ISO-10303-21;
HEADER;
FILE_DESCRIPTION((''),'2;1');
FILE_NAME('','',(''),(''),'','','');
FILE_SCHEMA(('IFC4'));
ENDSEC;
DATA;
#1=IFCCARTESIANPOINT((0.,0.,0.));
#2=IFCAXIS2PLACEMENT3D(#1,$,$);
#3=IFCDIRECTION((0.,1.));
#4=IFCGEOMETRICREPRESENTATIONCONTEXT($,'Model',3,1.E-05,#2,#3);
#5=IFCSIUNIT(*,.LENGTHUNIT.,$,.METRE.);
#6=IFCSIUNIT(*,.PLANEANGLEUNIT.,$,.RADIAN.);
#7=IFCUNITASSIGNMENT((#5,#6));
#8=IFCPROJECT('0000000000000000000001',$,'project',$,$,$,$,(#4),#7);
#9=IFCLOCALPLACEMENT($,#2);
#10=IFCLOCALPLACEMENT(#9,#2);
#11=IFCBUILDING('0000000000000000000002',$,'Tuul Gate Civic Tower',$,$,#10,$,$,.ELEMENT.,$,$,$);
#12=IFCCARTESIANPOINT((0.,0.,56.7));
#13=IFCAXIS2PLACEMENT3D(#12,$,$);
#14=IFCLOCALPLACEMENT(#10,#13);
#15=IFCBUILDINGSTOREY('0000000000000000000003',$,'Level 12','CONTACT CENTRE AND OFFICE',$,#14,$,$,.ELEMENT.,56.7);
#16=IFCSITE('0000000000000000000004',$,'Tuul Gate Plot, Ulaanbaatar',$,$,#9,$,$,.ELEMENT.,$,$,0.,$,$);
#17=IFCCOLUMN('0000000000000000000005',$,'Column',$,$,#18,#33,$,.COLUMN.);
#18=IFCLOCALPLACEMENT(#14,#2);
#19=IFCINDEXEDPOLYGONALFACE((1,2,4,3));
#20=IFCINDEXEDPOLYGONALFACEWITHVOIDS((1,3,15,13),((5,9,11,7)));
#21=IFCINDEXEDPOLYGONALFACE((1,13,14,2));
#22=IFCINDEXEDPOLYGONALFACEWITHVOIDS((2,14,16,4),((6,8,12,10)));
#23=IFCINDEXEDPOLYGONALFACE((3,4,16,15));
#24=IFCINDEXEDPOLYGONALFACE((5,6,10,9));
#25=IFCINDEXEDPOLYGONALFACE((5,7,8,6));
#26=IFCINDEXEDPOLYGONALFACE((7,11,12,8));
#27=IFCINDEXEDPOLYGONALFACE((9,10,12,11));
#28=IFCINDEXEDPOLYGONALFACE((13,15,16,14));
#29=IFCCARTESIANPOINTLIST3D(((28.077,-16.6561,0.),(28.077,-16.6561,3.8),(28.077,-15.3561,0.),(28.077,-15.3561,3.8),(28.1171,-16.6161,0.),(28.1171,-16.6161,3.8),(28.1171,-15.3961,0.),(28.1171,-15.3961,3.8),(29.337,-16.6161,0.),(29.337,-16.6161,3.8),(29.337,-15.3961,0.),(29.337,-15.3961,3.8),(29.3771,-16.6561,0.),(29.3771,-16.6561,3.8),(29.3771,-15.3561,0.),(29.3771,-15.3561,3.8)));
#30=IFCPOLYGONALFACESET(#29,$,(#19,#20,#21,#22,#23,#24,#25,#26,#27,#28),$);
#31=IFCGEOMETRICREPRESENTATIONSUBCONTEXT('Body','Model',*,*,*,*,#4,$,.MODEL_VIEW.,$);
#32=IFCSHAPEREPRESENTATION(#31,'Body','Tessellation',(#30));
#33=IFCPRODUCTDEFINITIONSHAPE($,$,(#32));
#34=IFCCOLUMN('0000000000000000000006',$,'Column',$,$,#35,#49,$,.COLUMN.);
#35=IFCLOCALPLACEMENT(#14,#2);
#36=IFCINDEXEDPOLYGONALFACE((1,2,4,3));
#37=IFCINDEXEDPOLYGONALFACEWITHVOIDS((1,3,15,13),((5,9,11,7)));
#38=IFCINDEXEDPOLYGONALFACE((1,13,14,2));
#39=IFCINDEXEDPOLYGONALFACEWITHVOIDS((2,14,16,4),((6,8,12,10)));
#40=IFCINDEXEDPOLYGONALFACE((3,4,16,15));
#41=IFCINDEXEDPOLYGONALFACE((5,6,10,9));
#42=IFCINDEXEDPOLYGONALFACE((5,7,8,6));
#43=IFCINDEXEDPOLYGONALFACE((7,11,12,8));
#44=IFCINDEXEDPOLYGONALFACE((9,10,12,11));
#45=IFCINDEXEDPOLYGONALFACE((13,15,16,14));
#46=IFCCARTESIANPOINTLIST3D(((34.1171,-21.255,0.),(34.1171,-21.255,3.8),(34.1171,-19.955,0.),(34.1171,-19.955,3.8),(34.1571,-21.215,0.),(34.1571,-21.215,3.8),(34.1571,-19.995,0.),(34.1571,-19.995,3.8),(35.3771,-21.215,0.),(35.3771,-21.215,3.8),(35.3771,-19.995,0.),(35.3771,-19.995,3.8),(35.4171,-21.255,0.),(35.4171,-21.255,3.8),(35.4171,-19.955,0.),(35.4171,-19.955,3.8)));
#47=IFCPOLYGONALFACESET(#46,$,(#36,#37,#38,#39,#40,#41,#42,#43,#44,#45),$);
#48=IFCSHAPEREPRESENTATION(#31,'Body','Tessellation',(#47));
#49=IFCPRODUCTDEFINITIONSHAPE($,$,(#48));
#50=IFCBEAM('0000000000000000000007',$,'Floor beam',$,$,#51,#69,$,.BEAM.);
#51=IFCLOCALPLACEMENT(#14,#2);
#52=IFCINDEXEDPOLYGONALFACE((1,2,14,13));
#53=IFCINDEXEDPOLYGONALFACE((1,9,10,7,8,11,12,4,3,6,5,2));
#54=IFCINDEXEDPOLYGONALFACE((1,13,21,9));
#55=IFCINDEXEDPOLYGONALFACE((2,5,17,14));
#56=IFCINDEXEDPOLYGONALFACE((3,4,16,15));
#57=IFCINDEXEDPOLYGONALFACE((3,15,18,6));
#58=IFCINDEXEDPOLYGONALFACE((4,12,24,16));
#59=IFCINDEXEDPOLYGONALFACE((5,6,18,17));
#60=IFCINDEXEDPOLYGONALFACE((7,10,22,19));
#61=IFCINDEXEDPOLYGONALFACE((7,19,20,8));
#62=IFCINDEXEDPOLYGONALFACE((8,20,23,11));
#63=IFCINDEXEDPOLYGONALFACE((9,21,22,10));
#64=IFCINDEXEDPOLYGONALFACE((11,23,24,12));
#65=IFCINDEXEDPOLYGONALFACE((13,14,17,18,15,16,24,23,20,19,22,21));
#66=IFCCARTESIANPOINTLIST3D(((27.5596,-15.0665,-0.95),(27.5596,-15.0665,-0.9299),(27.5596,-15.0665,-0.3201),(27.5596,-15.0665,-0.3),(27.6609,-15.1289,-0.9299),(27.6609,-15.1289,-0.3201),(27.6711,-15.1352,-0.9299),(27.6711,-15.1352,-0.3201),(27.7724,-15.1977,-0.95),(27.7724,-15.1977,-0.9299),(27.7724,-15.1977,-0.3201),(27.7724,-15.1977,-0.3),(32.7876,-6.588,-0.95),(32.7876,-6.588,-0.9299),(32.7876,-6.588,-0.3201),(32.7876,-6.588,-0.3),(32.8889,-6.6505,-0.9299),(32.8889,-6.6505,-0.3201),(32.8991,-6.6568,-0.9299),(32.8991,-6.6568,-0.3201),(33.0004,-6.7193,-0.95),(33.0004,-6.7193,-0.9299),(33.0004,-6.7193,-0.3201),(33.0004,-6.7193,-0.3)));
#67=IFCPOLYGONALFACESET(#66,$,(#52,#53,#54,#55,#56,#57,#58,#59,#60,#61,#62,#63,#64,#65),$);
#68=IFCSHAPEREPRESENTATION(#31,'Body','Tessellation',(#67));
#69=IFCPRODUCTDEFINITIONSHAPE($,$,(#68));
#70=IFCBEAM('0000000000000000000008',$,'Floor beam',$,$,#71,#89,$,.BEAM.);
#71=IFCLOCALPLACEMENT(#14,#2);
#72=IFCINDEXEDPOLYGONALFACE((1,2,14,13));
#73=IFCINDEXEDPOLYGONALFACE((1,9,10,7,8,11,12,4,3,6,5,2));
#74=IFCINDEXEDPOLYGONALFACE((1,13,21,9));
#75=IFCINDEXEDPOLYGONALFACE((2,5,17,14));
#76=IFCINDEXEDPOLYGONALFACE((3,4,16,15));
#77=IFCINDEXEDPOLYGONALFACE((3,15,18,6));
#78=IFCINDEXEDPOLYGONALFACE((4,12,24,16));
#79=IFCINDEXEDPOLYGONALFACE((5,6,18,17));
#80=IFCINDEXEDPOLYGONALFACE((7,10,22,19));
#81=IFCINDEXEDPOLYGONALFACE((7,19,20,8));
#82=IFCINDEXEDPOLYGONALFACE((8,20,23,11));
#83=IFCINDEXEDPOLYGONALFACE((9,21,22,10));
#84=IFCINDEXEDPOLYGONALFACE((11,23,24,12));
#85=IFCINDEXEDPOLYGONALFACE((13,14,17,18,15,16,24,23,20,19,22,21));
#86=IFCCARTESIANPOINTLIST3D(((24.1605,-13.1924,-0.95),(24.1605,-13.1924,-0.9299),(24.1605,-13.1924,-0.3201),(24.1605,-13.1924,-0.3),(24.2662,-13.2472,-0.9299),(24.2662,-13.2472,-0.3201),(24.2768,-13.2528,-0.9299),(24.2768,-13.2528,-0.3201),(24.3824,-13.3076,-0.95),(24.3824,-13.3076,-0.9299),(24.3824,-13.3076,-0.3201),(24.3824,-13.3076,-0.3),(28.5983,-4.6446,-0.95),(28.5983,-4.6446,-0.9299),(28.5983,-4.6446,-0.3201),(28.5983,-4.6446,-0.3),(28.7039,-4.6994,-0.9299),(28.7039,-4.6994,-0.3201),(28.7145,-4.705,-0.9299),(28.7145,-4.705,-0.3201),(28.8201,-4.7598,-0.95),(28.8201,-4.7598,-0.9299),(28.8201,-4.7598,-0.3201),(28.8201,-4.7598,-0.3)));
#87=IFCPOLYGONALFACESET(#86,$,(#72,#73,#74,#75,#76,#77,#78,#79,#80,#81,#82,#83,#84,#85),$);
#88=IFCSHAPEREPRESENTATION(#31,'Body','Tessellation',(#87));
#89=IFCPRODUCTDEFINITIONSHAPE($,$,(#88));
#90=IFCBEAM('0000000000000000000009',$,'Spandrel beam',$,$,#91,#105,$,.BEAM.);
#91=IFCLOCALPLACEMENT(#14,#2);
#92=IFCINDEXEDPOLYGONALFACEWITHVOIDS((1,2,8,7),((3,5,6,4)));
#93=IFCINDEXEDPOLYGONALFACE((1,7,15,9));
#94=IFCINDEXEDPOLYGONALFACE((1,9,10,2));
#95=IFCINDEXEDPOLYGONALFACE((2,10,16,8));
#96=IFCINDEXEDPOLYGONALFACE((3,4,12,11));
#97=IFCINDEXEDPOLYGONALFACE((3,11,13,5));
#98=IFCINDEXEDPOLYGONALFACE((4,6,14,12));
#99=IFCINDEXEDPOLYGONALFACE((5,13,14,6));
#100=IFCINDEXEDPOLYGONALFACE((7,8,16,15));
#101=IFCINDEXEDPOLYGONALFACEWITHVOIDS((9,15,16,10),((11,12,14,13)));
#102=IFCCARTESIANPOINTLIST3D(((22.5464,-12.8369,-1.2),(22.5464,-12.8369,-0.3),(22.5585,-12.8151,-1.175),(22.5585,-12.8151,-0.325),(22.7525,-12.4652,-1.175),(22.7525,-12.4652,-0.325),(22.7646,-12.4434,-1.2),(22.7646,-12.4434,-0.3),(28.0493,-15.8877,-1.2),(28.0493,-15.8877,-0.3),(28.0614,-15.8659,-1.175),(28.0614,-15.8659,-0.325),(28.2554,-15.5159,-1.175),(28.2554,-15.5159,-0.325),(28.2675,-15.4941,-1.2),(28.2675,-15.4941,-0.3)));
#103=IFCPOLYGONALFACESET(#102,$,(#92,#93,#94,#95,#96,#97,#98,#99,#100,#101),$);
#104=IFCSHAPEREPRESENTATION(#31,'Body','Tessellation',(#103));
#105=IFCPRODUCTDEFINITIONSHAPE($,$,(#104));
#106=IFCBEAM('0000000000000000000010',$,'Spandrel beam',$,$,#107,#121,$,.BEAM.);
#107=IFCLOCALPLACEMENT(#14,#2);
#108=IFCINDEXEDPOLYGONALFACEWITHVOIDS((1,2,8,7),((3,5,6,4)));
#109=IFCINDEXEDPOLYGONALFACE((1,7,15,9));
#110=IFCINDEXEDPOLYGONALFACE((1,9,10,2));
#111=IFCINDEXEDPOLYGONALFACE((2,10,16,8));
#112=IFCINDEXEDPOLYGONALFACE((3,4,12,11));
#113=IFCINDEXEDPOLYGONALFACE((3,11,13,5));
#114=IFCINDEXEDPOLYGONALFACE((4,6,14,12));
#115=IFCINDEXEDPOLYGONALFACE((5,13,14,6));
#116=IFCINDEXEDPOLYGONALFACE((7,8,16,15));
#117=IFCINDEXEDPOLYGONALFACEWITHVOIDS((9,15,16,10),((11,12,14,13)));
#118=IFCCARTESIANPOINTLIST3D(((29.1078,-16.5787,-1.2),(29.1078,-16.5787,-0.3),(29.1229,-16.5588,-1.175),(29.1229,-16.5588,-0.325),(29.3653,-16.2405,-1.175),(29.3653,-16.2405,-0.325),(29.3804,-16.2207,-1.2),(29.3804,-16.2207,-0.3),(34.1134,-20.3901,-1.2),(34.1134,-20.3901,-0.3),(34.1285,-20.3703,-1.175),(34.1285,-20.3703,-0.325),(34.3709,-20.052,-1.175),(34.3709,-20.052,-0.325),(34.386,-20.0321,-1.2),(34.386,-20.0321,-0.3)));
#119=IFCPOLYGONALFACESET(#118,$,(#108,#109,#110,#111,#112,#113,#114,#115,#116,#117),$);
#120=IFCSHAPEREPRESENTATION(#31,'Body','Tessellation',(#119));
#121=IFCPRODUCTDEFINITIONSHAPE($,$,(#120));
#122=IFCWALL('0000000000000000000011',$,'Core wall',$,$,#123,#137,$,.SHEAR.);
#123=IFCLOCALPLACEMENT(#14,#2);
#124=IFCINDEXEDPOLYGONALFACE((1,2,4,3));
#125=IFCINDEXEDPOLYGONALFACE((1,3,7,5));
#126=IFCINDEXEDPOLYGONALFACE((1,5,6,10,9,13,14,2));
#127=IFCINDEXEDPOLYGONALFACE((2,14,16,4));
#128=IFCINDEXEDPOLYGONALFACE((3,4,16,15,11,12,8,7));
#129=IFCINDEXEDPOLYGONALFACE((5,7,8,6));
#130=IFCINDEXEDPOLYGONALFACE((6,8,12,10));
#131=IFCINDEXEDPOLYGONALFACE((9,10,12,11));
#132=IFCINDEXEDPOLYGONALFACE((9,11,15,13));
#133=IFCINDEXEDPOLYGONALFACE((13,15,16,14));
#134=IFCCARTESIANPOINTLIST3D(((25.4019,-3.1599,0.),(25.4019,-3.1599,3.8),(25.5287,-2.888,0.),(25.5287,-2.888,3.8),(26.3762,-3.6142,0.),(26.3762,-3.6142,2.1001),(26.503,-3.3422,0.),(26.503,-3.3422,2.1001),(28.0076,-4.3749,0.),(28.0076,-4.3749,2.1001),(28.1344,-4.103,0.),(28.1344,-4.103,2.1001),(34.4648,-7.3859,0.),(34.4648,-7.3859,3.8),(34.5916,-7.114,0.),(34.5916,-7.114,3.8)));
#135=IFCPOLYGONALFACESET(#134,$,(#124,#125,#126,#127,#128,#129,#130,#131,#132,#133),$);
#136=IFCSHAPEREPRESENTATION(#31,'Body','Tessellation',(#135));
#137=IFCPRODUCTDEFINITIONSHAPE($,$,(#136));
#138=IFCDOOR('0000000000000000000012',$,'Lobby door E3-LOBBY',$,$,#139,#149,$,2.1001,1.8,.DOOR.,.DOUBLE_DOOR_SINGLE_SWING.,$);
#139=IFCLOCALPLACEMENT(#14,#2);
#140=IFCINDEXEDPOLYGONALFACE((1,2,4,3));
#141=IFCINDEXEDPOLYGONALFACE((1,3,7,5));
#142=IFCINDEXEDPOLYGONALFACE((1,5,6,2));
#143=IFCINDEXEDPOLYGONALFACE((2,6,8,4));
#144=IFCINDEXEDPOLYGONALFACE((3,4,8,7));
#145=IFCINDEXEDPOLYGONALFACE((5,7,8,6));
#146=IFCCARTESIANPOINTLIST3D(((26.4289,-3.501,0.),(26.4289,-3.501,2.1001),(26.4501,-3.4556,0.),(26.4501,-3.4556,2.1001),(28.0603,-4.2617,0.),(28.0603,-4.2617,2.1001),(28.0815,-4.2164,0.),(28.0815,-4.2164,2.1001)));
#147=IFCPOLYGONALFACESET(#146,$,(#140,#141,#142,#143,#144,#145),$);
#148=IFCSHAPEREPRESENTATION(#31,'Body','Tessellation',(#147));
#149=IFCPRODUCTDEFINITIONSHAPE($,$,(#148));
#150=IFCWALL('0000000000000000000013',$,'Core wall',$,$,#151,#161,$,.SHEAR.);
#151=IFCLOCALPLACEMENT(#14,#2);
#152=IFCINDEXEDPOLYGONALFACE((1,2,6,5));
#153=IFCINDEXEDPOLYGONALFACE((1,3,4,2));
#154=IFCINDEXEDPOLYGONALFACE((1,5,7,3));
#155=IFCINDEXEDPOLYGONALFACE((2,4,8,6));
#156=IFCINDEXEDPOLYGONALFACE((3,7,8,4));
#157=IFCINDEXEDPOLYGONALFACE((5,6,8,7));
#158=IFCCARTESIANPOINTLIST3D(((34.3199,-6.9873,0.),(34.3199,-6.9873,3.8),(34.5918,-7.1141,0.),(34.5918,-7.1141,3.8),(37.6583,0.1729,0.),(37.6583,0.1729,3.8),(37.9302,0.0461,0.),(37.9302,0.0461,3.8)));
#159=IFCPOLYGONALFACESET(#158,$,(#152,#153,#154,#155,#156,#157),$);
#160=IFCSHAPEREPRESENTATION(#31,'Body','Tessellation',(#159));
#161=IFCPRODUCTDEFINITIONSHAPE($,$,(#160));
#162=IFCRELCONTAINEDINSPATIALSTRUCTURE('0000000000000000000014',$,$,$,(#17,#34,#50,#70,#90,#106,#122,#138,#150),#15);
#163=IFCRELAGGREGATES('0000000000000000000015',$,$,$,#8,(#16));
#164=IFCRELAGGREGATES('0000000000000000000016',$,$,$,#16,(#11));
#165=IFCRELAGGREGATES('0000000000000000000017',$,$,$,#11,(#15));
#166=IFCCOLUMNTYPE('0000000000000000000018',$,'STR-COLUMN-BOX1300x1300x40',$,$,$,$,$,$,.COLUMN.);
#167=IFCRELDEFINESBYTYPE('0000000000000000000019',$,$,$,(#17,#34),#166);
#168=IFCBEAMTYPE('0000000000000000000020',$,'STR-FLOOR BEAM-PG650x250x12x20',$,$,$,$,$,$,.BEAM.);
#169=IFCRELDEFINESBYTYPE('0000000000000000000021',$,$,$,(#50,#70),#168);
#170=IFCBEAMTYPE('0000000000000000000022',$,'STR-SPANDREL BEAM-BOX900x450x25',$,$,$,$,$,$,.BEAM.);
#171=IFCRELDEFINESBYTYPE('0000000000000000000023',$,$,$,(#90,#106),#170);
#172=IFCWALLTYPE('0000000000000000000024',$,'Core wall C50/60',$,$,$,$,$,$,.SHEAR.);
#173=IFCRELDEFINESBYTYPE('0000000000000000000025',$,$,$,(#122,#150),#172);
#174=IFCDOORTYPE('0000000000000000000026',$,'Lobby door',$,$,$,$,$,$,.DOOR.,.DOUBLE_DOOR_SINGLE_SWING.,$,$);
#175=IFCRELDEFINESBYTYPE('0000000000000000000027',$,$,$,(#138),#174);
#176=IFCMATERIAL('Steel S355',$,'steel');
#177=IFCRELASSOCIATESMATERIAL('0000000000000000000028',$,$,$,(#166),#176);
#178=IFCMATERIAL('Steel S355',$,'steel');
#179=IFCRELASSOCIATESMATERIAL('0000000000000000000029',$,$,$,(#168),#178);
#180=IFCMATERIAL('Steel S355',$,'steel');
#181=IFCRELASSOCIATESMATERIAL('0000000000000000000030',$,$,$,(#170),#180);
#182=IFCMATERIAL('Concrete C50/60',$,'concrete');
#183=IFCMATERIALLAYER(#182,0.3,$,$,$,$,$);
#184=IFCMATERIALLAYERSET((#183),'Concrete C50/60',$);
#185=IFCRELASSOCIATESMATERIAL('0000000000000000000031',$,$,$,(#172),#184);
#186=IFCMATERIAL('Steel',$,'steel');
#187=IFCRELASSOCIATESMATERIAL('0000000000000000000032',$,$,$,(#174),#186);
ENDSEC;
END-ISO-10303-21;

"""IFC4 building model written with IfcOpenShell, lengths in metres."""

from ifc_helpers import new_model, si_unit, direction, frame, frame_2d, origin, origin_2d, place, context, subcontext, project, spatial, rectangle, hollow_rectangle, i_section, extrude, material, layer, layer_set, material_profile, profile_set, type_object, element, fill, save


model = new_model("IFC4")

# Units and contexts
model_context = context("Model", 3, precision=1e-05, world=origin(), true_north=direction((0.0, 1.0)))
body_context = subcontext(model_context, "Body", "Model", "MODEL_VIEW")
ifc_project = project(units=[si_unit("LENGTHUNIT", "METRE"), si_unit("PLANEANGLEUNIT", "RADIAN")], contexts=[model_context])

# Site, building, storey
site_placement = place(None, origin())
site = spatial("IfcSite", under=ifc_project, at=site_placement, Name="Tuul Gate Plot, Ulaanbaatar", CompositionType="ELEMENT", RefElevation=0.0)
building_placement = place(site_placement, origin())
building = spatial("IfcBuilding", under=site, at=building_placement, Name="Tuul Gate Civic Tower", CompositionType="ELEMENT")
storey_placement = place(building_placement, frame((0.0, 0.0, 56.7)))
storey = spatial("IfcBuildingStorey", under=building, at=storey_placement, Name="Level 12", Description="CONTACT CENTRE AND OFFICE", CompositionType="ELEMENT", Elevation=56.7)

# Columns
ifc_material_1 = material(Name="Steel S355", Category="steel")
ifc_material_profile_1 = material_profile(ifc_material_1, hollow_rectangle(XDim=1.3, YDim=1.3, WallThickness=0.04, at=origin_2d()), Name="BOX1300x1300x40")
ifc_profile_set_1 = profile_set([ifc_material_profile_1], Name="Steel S355")
column_type = type_object("IfcColumnType", Name="STR-COLUMN-BOX1300x1300x40", PredefinedType="COLUMN", material=ifc_profile_set_1)
for number, where, z_axis, x_axis, name in (
    (1, (28.7271, -16.0061, 0.0), (0.0, 0.0, 1.0), (1.0, 0.0, 0.0), "Column"),
    (2, (34.7671, -20.605, 0.0), (0.0, 0.0, 1.0), (1.0, 0.0, 0.0), "Column"),
):
    element("IfcColumn", number, at=place(storey_placement, frame(where, z_axis=z_axis, x_axis=x_axis)), inside=storey, type_object=column_type, Name=name, PredefinedType="COLUMN", context=body_context, shape_type="SweptSolid", body=[
        extrude(hollow_rectangle(XDim=1.3, YDim=1.3, WallThickness=0.04, at=origin_2d()), origin(), (0.0, 0.0, 1.0), 3.8),
    ])

# Beams
ifc_material_2 = material(Name="Steel S355", Category="steel")
ifc_material_profile_2 = material_profile(ifc_material_2, i_section(OverallWidth=0.25, OverallDepth=0.6499, WebThickness=0.012, FlangeThickness=0.02, at=origin_2d()), Name="PG650x250x12x20")
ifc_profile_set_2 = profile_set([ifc_material_profile_2], Name="Steel S355")
beam_type_1 = type_object("IfcBeamType", Name="STR-FLOOR BEAM-PG650x250x12x20", PredefinedType="BEAM", material=ifc_profile_set_2)
beam_1_placement = place(storey_placement, frame((27.666, -15.1321, -0.625), z_axis=(0.52486, 0.851188, 0.0), x_axis=(-0.851188, 0.52486, 0.0)))
element("IfcBeam", 3, at=beam_1_placement, inside=storey, type_object=beam_type_1, Name="Floor beam", PredefinedType="BEAM", context=body_context, shape_type="SweptSolid", body=[
    extrude(i_section(OverallWidth=0.25, OverallDepth=0.6499, WebThickness=0.012, FlangeThickness=0.02, at=origin_2d()), origin(), (0.0, 0.0, 1.0), 9.9607),
])
beam_2_placement = place(storey_placement, frame((24.2715, -13.25, -0.625), z_axis=(0.460769, 0.88752, 0.0), x_axis=(-0.88752, 0.460769, 0.0)))
element("IfcBeam", 4, at=beam_2_placement, inside=storey, type_object=beam_type_1, Name="Floor beam", PredefinedType="BEAM", context=body_context, shape_type="SweptSolid", body=[
    extrude(i_section(OverallWidth=0.25, OverallDepth=0.6499, WebThickness=0.012, FlangeThickness=0.02, at=origin_2d()), origin(), (0.0, 0.0, 1.0), 9.6311),
])
ifc_material_3 = material(Name="Steel S355", Category="steel")
ifc_material_profile_3 = material_profile(ifc_material_3, hollow_rectangle(XDim=0.45, YDim=0.8999, WallThickness=0.0249, at=origin_2d()), Name="BOX900x450x25")
ifc_profile_set_3 = profile_set([ifc_material_profile_3], Name="Steel S355")
beam_type_2 = type_object("IfcBeamType", Name="STR-SPANDREL BEAM-BOX900x450x25", PredefinedType="BEAM", material=ifc_profile_set_3)
beam_3_placement = place(storey_placement, frame((22.6555, -12.6401, -0.75), z_axis=(0.874589, -0.484865, 0.0), x_axis=(0.484865, 0.874589, 0.0)))
element("IfcBeam", 5, at=beam_3_placement, inside=storey, type_object=beam_type_2, Name="Spandrel beam", PredefinedType="BEAM", context=body_context, shape_type="SweptSolid", body=[
    extrude(hollow_rectangle(XDim=0.45, YDim=0.8999, WallThickness=0.0249, at=origin_2d()), origin(), (0.0, 0.0, 1.0), 6.292),
])
beam_4_placement = place(storey_placement, frame((29.2441, -16.3997, -0.75), z_axis=(0.795606, -0.605814, 0.0), x_axis=(0.605814, 0.795606, 0.0)))
element("IfcBeam", 6, at=beam_4_placement, inside=storey, type_object=beam_type_2, Name="Spandrel beam", PredefinedType="BEAM", context=body_context, shape_type="SweptSolid", body=[
    extrude(hollow_rectangle(XDim=0.45, YDim=0.8999, WallThickness=0.0249, at=origin_2d()), origin(), (0.0, 0.0, 1.0), 6.2915),
])

# Wall, opening, door
ifc_material_4 = material(Name="Concrete C50/60", Category="concrete")
ifc_layer_1 = layer(ifc_material_4, 0.3)
ifc_layer_set_1 = layer_set([ifc_layer_1], Name="Concrete C50/60")
wall_type_1 = type_object("IfcWallType", Name="Core wall C50/60", PredefinedType="SHEAR", material=ifc_layer_set_1)
wall_1_placement = place(storey_placement, frame((34.5283, -7.25, 0.0), z_axis=(0.0, 0.0, 1.0), x_axis=(-0.90631, 0.422613, 0.0)))
wall_1 = element("IfcWall", 7, at=wall_1_placement, inside=storey, type_object=wall_type_1, Name="Core wall", PredefinedType="SHEAR", context=body_context, shape_type="SweptSolid", body=[
    extrude(rectangle(XDim=9.9998, YDim=0.3, at=frame_2d((5.0, 0.0))), origin(), (0.0, 0.0, 1.0), 3.8),
])
opening_1_placement = place(wall_1_placement, frame((7.125, 0.0, 0.0)))
opening_1 = element("IfcOpeningElement", 8, at=opening_1_placement, cuts=wall_1, PredefinedType="OPENING", context=body_context, shape_type="SweptSolid", body=[
    extrude(rectangle(XDim=1.8, YDim=2.1001, at=frame_2d((0.8999, 1.05))), frame((0.0, 0.1602, 0.0), z_axis=(0.0, -1.0, 0.0), x_axis=(1.0, 0.0, 0.0)), (0.0, 0.0, 1.0), 0.3201),
])
ifc_material_5 = material(Name="Steel", Category="steel")
door_type_1 = type_object("IfcDoorType", Name="Lobby door", OperationType="DOUBLE_DOOR_SINGLE_SWING", PredefinedType="DOOR", material=ifc_material_5)
door_1_placement = place(opening_1_placement, frame((1.8, 0.0, 0.0), z_axis=(0.0, 0.0, 1.0), x_axis=(-1.0, 0.0, 0.0)))
door_1 = element("IfcDoor", 9, at=door_1_placement, inside=storey, type_object=door_type_1, Name="Lobby door E3-LOBBY", OperationType="DOUBLE_DOOR_SINGLE_SWING", OverallHeight=2.1001, OverallWidth=1.8, PredefinedType="DOOR", context=body_context, shape_type="SweptSolid", body=[
    extrude(rectangle(XDim=1.8, YDim=2.1001, at=frame_2d((0.9001, 1.05))), frame((0.0, 0.0249, 0.0), z_axis=(0.0, -1.0, 0.0), x_axis=(1.0, 0.0, 0.0)), (0.0, 0.0, 1.0), 0.05),
])
fill(opening_1, door_1)

# Wall
wall_2_placement = place(storey_placement, frame((34.4558, -7.0508, 0.0), z_axis=(0.0, 0.0, 1.0), x_axis=(0.422571, 0.90633, 0.0)))
element("IfcWall", 10, at=wall_2_placement, inside=storey, type_object=wall_type_1, Name="Core wall", PredefinedType="SHEAR", context=body_context, shape_type="SweptSolid", body=[
    extrude(rectangle(XDim=7.9001, YDim=0.3, at=frame_2d((3.9502, 0.0))), origin(), (0.0, 0.0, 1.0), 3.8),
])

save(model, "model.ifc")
